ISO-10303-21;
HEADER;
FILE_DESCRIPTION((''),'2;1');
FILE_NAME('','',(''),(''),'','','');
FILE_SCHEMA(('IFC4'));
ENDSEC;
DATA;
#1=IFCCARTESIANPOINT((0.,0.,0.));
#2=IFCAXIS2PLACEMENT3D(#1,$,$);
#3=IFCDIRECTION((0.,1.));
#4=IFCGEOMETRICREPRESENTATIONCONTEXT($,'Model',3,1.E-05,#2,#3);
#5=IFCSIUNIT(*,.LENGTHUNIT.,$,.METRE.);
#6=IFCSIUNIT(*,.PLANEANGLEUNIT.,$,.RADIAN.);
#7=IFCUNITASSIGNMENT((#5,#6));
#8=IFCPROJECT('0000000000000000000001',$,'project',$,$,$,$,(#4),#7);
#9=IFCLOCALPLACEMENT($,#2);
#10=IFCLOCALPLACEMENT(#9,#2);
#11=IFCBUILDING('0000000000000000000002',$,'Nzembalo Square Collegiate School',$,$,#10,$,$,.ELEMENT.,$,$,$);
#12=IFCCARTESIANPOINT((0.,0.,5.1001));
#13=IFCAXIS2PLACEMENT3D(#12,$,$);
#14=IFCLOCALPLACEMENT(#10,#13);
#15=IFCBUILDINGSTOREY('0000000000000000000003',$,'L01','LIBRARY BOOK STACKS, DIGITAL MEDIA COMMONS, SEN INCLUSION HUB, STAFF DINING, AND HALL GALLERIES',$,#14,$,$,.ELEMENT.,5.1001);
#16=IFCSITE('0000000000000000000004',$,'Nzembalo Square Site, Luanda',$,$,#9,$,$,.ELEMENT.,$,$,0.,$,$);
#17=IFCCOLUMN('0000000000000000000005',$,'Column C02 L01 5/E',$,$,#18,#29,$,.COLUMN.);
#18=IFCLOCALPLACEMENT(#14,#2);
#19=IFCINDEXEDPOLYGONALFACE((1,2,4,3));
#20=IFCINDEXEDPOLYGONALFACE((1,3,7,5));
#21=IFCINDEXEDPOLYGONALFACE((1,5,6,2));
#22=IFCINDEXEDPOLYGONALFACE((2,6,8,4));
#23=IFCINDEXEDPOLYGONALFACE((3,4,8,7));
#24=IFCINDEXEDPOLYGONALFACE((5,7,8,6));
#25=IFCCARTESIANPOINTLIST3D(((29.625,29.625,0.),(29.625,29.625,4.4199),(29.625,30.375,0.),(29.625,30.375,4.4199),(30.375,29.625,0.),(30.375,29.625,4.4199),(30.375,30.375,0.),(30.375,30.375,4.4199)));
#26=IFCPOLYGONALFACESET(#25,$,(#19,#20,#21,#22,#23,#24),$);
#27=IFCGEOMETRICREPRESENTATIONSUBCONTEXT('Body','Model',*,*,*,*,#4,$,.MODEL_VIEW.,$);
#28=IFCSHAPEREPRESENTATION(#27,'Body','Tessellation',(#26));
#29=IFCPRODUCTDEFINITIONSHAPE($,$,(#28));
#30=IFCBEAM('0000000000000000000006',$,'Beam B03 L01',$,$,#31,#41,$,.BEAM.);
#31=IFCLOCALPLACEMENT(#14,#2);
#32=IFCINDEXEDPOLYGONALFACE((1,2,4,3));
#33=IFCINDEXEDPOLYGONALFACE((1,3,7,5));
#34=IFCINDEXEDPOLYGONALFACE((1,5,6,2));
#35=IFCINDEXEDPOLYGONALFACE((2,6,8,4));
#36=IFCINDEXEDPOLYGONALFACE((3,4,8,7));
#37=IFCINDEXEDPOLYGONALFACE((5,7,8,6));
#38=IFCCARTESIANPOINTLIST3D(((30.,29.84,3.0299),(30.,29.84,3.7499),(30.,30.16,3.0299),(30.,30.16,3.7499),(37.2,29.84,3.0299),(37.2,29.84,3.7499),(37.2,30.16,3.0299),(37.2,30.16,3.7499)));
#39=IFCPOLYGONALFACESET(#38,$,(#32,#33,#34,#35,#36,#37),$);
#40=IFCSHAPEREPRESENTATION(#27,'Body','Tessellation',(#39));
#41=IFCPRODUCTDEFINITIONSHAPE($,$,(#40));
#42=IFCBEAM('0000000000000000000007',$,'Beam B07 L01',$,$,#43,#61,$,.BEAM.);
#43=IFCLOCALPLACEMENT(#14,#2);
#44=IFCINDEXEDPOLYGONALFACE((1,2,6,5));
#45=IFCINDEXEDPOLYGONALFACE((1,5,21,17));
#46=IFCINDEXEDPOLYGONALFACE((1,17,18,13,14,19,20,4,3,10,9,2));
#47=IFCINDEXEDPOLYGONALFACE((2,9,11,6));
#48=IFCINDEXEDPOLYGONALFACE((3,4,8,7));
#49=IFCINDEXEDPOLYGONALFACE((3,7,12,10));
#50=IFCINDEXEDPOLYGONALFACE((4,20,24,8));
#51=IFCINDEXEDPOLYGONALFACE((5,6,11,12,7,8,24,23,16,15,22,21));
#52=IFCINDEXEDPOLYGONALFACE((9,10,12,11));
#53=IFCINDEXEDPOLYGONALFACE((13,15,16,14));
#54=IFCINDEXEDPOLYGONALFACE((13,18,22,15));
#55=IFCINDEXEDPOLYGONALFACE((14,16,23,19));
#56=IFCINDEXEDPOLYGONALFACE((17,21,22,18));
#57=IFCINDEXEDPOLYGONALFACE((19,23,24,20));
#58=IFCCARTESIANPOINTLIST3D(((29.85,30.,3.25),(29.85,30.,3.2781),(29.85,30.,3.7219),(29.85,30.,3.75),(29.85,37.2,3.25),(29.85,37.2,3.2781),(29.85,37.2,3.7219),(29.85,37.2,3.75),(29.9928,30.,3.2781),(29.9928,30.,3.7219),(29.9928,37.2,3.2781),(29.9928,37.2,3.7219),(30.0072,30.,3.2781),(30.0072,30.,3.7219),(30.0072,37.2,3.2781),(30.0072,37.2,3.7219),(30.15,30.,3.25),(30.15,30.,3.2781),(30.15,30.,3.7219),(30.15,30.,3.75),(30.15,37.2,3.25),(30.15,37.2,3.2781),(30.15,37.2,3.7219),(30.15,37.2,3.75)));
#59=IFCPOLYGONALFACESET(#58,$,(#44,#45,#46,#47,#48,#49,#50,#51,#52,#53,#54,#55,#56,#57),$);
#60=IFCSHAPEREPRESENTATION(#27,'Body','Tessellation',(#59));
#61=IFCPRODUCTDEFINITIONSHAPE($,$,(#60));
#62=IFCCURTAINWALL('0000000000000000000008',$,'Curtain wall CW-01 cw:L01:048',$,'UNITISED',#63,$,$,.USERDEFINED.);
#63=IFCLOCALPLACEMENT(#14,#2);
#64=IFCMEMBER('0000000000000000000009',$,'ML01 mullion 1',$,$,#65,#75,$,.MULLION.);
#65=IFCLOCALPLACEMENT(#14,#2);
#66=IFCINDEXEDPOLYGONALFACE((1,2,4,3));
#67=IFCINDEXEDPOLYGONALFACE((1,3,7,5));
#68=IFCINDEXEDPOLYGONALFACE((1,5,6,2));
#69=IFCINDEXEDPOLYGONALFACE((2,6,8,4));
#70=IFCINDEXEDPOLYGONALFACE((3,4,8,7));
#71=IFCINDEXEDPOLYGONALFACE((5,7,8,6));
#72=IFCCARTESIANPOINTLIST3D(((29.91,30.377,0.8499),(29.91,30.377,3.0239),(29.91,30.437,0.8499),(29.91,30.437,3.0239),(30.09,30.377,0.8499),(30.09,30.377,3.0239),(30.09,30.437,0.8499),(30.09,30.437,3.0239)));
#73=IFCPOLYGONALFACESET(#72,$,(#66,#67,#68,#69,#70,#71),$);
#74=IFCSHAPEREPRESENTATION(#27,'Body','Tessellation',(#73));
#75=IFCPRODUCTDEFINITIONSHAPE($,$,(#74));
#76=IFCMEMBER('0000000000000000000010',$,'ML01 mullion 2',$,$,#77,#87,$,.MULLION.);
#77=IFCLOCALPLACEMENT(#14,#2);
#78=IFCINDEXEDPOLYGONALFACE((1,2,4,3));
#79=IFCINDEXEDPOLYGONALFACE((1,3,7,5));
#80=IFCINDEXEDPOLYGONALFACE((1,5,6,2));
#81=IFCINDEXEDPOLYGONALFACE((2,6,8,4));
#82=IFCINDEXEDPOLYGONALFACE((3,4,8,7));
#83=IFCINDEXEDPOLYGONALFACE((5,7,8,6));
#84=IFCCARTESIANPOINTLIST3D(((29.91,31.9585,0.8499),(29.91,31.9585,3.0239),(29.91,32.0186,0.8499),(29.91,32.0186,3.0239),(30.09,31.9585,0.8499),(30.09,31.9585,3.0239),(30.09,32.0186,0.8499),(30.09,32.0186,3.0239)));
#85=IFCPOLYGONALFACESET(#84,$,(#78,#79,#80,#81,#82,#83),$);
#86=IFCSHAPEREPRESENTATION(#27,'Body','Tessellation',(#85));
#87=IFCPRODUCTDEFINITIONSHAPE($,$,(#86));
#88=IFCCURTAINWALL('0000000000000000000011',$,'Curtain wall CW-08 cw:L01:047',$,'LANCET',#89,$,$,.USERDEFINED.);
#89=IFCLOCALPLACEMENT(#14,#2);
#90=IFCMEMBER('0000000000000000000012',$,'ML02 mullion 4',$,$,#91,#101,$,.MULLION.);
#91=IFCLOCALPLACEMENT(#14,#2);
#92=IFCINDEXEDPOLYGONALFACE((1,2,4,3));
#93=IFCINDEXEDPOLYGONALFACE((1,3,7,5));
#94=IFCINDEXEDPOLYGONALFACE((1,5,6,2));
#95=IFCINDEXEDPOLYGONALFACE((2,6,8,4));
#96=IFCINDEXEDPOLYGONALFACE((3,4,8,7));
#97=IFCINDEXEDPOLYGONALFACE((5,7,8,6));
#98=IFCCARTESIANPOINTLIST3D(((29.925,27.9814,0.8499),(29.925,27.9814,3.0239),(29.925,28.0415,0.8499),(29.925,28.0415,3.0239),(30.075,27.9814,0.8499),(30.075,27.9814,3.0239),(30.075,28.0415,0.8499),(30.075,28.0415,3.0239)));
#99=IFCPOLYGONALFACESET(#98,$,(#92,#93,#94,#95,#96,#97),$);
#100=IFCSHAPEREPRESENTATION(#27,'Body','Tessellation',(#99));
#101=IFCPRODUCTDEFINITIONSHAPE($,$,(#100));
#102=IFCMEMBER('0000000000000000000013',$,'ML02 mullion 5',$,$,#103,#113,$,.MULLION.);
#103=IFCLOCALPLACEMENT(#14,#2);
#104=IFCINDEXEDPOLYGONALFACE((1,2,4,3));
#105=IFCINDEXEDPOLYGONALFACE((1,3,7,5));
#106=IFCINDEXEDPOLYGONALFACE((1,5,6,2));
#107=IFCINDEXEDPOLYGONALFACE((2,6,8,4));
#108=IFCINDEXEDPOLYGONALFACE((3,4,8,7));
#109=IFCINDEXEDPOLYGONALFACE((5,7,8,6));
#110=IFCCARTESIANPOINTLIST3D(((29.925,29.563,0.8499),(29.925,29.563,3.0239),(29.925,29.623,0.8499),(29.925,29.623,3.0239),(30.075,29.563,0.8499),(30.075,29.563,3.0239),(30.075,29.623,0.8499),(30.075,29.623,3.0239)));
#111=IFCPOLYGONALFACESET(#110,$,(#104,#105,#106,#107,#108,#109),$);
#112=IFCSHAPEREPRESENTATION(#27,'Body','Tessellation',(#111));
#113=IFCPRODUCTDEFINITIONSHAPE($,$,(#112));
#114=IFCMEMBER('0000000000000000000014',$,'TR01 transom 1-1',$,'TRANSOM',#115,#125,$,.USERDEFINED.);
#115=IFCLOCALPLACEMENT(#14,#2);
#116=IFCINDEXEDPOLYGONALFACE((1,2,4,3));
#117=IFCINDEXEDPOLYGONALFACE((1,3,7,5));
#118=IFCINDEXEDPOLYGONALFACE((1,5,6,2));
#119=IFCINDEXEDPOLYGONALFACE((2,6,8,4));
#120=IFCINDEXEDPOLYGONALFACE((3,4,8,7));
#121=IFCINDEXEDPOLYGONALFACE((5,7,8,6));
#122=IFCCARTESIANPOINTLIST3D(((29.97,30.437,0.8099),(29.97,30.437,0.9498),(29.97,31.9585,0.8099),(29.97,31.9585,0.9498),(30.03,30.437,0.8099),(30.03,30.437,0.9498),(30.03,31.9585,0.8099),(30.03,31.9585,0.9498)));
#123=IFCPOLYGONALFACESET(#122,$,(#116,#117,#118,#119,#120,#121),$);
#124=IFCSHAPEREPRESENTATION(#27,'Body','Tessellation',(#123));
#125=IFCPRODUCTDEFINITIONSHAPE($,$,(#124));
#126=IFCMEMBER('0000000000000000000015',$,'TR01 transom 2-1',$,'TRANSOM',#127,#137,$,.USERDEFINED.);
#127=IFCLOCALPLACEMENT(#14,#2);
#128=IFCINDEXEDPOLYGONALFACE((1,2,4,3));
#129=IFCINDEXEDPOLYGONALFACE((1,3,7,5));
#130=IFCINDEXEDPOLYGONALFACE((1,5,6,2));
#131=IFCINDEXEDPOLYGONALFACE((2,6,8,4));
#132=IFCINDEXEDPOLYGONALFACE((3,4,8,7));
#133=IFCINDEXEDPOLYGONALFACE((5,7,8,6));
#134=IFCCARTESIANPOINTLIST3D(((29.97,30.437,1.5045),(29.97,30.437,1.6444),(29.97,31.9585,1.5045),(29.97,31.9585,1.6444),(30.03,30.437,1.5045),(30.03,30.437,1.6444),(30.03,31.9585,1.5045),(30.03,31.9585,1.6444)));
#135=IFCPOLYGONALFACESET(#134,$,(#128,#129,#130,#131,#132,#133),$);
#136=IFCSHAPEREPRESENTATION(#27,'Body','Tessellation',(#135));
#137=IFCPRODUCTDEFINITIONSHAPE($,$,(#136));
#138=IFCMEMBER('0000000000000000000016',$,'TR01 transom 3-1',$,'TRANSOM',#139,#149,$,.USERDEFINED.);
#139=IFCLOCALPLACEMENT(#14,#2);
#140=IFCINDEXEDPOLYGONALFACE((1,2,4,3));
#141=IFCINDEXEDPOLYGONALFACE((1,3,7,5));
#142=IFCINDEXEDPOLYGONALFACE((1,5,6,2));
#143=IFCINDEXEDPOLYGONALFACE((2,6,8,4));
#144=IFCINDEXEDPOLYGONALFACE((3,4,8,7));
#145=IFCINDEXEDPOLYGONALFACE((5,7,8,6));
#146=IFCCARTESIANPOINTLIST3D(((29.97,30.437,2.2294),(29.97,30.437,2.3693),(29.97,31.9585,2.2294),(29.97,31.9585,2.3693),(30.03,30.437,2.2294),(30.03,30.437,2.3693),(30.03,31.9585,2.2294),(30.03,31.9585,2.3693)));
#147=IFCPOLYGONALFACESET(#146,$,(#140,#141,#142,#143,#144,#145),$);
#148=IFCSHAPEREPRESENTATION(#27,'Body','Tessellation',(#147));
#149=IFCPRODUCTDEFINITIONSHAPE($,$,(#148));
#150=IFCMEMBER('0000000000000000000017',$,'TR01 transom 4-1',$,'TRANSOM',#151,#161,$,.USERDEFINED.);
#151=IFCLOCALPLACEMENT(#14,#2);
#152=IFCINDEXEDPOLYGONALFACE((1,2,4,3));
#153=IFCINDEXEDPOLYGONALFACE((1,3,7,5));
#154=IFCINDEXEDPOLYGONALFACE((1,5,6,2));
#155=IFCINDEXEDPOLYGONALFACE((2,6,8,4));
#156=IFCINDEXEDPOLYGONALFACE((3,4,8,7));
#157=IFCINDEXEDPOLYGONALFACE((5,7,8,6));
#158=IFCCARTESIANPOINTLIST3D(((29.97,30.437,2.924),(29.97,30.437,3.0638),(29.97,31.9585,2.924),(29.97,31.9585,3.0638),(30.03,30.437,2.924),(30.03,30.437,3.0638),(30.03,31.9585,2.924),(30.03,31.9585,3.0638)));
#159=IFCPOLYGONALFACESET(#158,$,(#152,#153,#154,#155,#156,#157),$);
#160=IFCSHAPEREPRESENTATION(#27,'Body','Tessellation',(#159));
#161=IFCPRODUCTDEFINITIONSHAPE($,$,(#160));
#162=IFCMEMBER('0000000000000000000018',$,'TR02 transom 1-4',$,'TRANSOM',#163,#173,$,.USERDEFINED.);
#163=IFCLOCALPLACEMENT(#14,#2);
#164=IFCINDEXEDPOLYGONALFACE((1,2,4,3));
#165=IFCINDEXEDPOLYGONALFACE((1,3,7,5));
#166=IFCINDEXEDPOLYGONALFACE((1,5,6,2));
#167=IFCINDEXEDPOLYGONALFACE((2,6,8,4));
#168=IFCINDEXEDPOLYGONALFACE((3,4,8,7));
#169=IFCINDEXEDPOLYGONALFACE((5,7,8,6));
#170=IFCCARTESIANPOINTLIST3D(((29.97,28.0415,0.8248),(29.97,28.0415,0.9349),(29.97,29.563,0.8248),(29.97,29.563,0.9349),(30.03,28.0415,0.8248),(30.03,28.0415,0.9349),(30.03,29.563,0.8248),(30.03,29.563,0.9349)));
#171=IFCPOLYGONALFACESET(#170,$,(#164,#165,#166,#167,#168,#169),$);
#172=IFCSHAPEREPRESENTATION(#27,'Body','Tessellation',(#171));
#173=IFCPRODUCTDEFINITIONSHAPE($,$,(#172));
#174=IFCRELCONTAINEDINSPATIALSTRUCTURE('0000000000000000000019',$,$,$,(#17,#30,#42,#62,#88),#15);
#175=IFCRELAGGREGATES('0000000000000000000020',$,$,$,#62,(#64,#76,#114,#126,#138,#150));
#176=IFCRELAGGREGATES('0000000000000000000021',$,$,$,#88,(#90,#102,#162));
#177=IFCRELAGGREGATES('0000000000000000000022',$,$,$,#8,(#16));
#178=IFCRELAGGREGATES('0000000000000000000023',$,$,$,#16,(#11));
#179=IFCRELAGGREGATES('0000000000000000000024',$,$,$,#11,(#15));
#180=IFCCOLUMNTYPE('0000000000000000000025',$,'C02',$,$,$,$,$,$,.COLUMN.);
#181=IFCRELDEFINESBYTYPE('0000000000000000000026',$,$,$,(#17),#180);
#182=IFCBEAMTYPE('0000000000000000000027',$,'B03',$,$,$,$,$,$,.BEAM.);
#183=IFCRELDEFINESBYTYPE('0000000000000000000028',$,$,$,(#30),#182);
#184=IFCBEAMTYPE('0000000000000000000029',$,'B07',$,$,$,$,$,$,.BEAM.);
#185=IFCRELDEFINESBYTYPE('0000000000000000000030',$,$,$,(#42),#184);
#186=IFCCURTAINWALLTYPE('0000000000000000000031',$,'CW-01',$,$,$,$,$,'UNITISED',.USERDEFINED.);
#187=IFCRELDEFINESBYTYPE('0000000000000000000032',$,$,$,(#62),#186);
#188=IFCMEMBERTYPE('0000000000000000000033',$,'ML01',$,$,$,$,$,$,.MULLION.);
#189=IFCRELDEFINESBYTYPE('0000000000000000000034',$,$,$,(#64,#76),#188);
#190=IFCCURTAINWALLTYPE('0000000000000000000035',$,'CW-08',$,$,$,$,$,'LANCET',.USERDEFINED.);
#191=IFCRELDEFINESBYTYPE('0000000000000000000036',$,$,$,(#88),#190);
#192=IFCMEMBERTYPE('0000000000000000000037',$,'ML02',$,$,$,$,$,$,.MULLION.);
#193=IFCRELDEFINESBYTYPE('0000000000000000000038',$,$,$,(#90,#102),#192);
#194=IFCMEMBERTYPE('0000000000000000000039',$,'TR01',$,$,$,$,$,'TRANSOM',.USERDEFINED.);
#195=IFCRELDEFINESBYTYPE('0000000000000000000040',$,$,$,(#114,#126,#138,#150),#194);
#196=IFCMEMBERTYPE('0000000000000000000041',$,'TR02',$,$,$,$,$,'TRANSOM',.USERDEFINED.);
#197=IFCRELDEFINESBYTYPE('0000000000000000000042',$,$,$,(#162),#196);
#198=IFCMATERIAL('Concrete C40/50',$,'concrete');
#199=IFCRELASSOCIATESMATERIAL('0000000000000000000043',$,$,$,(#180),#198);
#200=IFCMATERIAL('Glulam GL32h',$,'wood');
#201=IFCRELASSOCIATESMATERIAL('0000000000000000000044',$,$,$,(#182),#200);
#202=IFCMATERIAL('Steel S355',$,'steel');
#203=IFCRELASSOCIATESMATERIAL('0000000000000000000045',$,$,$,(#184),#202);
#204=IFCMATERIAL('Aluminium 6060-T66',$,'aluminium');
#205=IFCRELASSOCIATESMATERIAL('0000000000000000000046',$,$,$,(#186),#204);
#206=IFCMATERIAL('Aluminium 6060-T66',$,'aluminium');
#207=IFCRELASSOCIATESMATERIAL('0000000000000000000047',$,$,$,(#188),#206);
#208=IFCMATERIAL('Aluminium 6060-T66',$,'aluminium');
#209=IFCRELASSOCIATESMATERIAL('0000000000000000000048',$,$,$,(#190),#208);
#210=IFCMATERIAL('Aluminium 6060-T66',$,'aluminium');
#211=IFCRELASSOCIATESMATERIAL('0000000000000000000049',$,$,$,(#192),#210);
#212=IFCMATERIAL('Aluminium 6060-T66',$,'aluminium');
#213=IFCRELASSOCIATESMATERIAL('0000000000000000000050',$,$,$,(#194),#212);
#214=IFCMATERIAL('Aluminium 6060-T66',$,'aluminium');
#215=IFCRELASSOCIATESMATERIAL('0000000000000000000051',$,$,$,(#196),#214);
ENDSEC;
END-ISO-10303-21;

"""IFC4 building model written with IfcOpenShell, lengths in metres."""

from ifc_helpers import new_model, si_unit, direction, frame, origin, origin_2d, place, context, subcontext, project, spatial, rectangle, i_section, extrude, material, material_profile, profile_set, type_object, element, aggregate, save


model = new_model("IFC4")

# Units and contexts
model_context = context("Model", 3, precision=1e-05, world=origin(), true_north=direction((0.0, 1.0)))
body_context = subcontext(model_context, "Body", "Model", "MODEL_VIEW")
ifc_project = project(units=[si_unit("LENGTHUNIT", "METRE"), si_unit("PLANEANGLEUNIT", "RADIAN")], contexts=[model_context])

# Site, building, storey
site_placement = place(None, origin())
site = spatial("IfcSite", under=ifc_project, at=site_placement, Name="Nzembalo Square Site, Luanda", CompositionType="ELEMENT", RefElevation=0.0)
building_placement = place(site_placement, origin())
building = spatial("IfcBuilding", under=site, at=building_placement, Name="Nzembalo Square Collegiate School", CompositionType="ELEMENT")
storey_placement = place(building_placement, frame((0.0, 0.0, 5.1001)))
storey = spatial("IfcBuildingStorey", under=building, at=storey_placement, Name="L01", Description="LIBRARY BOOK STACKS, DIGITAL MEDIA COMMONS, SEN INCLUSION HUB, STAFF DINING, AND HALL GALLERIES", CompositionType="ELEMENT", Elevation=5.1001)

# Column
ifc_material_1 = material(Name="Concrete C40/50", Category="concrete")
ifc_material_profile_1 = material_profile(ifc_material_1, rectangle(XDim=0.75, YDim=0.75, at=origin_2d()), Name="RC 750x750")
ifc_profile_set_1 = profile_set([ifc_material_profile_1], Name="Concrete C40/50")
column_type = type_object("IfcColumnType", Name="C02", PredefinedType="COLUMN", material=ifc_profile_set_1)
column_placement = place(storey_placement, frame((30.0, 30.0, 0.0), z_axis=(0.0, 0.0, 1.0), x_axis=(1.0, 0.0, 0.0)))
element("IfcColumn", 1, at=column_placement, inside=storey, type_object=column_type, Name="Column C02 L01 5/E", PredefinedType="COLUMN", context=body_context, shape_type="SweptSolid", body=[
    extrude(rectangle(XDim=0.75, YDim=0.75, at=origin_2d()), origin(), (0.0, 0.0, 1.0), 4.4199),
])

# Beams
ifc_material_2 = material(Name="Glulam GL32h", Category="wood")
ifc_material_profile_2 = material_profile(ifc_material_2, rectangle(XDim=0.3201, YDim=0.72, at=origin_2d()), Name="GL32h 320x720")
ifc_profile_set_2 = profile_set([ifc_material_profile_2], Name="Glulam GL32h")
beam_type_1 = type_object("IfcBeamType", Name="B03", PredefinedType="BEAM", material=ifc_profile_set_2)
beam_1_placement = place(storey_placement, frame((30.0, 30.0, 3.3899), z_axis=(1.0, 0.0, 0.0), x_axis=(0.0, 1.0, 0.0)))
element("IfcBeam", 2, at=beam_1_placement, inside=storey, type_object=beam_type_1, Name="Beam B03 L01", PredefinedType="BEAM", context=body_context, shape_type="SweptSolid", body=[
    extrude(rectangle(XDim=0.3201, YDim=0.72, at=origin_2d()), origin(), (0.0, 0.0, 1.0), 7.2),
])
ifc_material_3 = material(Name="Steel S355", Category="steel")
ifc_material_profile_3 = material_profile(ifc_material_3, i_section(OverallWidth=0.3, OverallDepth=0.5, WebThickness=0.0144, FlangeThickness=0.0281, at=origin_2d()), Name="HEB 500")
ifc_profile_set_3 = profile_set([ifc_material_profile_3], Name="Steel S355")
beam_type_2 = type_object("IfcBeamType", Name="B07", PredefinedType="BEAM", material=ifc_profile_set_3)
beam_2_placement = place(storey_placement, frame((30.0, 30.0, 3.5), z_axis=(0.0, 1.0, 0.0), x_axis=(-1.0, 0.0, 0.0)))
element("IfcBeam", 3, at=beam_2_placement, inside=storey, type_object=beam_type_2, Name="Beam B07 L01", PredefinedType="BEAM", context=body_context, shape_type="SweptSolid", body=[
    extrude(i_section(OverallWidth=0.3, OverallDepth=0.5, WebThickness=0.0144, FlangeThickness=0.0281, at=origin_2d()), origin(), (0.0, 0.0, 1.0), 7.2),
])

# Curtain walls, members
ifc_material_4 = material(Name="Aluminium 6060-T66", Category="aluminium")
curtain_wall_type_1 = type_object("IfcCurtainWallType", Name="CW-01", ElementType="UNITISED", PredefinedType="USERDEFINED", material=ifc_material_4)
curtain_wall_1_placement = place(storey_placement, origin())
curtain_wall_1 = element("IfcCurtainWall", 4, at=curtain_wall_1_placement, inside=storey, type_object=curtain_wall_type_1, Name="Curtain wall CW-01 cw:L01:048", ObjectType="UNITISED", PredefinedType="USERDEFINED")
ifc_material_5 = material(Name="Aluminium 6060-T66", Category="aluminium")
ifc_material_profile_4 = material_profile(ifc_material_5, rectangle(XDim=0.0601, YDim=0.1799, at=origin_2d()), Name="ALU M60x180")
ifc_profile_set_4 = profile_set([ifc_material_profile_4], Name="Aluminium 6060-T66")
member_type_1 = type_object("IfcMemberType", Name="ML01", PredefinedType="MULLION", material=ifc_profile_set_4)
member_1_placement = place(storey_placement, frame((30.0, 30.407, 0.8499), z_axis=(0.0, 0.0, 1.0), x_axis=(0.0, 1.0, 0.0)))
member_1 = element("IfcMember", 5, at=member_1_placement, type_object=member_type_1, Name="ML01 mullion 1", PredefinedType="MULLION", context=body_context, shape_type="SweptSolid", body=[
    extrude(rectangle(XDim=0.0601, YDim=0.1799, at=origin_2d()), origin(), (0.0, 0.0, 1.0), 2.1741),
])
member_2_placement = place(storey_placement, frame((30.0, 31.9885, 0.8499), z_axis=(0.0, 0.0, 1.0), x_axis=(0.0, 1.0, 0.0)))
member_2 = element("IfcMember", 6, at=member_2_placement, type_object=member_type_1, Name="ML01 mullion 2", PredefinedType="MULLION", context=body_context, shape_type="SweptSolid", body=[
    extrude(rectangle(XDim=0.0601, YDim=0.1799, at=origin_2d()), origin(), (0.0, 0.0, 1.0), 2.1741),
])
ifc_material_6 = material(Name="Aluminium 6060-T66", Category="aluminium")
curtain_wall_type_2 = type_object("IfcCurtainWallType", Name="CW-08", ElementType="LANCET", PredefinedType="USERDEFINED", material=ifc_material_6)
curtain_wall_2_placement = place(storey_placement, origin())
curtain_wall_2 = element("IfcCurtainWall", 7, at=curtain_wall_2_placement, inside=storey, type_object=curtain_wall_type_2, Name="Curtain wall CW-08 cw:L01:047", ObjectType="LANCET", PredefinedType="USERDEFINED")
ifc_material_7 = material(Name="Aluminium 6060-T66", Category="aluminium")
ifc_material_profile_5 = material_profile(ifc_material_7, rectangle(XDim=0.0601, YDim=0.1499, at=origin_2d()), Name="ALU M60x150")
ifc_profile_set_5 = profile_set([ifc_material_profile_5], Name="Aluminium 6060-T66")
member_type_2 = type_object("IfcMemberType", Name="ML02", PredefinedType="MULLION", material=ifc_profile_set_5)
member_3_placement = place(storey_placement, frame((30.0, 28.0115, 0.8499), z_axis=(0.0, 0.0, 1.0), x_axis=(0.0, 1.0, 0.0)))
member_3 = element("IfcMember", 8, at=member_3_placement, type_object=member_type_2, Name="ML02 mullion 4", PredefinedType="MULLION", context=body_context, shape_type="SweptSolid", body=[
    extrude(rectangle(XDim=0.0601, YDim=0.1499, at=origin_2d()), origin(), (0.0, 0.0, 1.0), 2.1741),
])
member_4_placement = place(storey_placement, frame((30.0, 29.593, 0.8499), z_axis=(0.0, 0.0, 1.0), x_axis=(0.0, 1.0, 0.0)))
member_4 = element("IfcMember", 9, at=member_4_placement, type_object=member_type_2, Name="ML02 mullion 5", PredefinedType="MULLION", context=body_context, shape_type="SweptSolid", body=[
    extrude(rectangle(XDim=0.0601, YDim=0.1499, at=origin_2d()), origin(), (0.0, 0.0, 1.0), 2.1741),
])

# Members
ifc_material_8 = material(Name="Aluminium 6060-T66", Category="aluminium")
ifc_material_profile_6 = material_profile(ifc_material_8, rectangle(XDim=0.0601, YDim=0.1399, at=origin_2d()), Name="ALU T60x140")
ifc_profile_set_6 = profile_set([ifc_material_profile_6], Name="Aluminium 6060-T66")
member_type_3 = type_object("IfcMemberType", Name="TR01", ElementType="TRANSOM", PredefinedType="USERDEFINED", material=ifc_profile_set_6)
member_5_placement = place(storey_placement, frame((30.0, 30.437, 0.8799), z_axis=(0.0, 1.0, 0.0), x_axis=(-1.0, 0.0, 0.0)))
member_5 = element("IfcMember", 10, at=member_5_placement, type_object=member_type_3, Name="TR01 transom 1-1", ObjectType="TRANSOM", PredefinedType="USERDEFINED", context=body_context, shape_type="SweptSolid", body=[
    extrude(rectangle(XDim=0.0601, YDim=0.1399, at=origin_2d()), origin(), (0.0, 0.0, 1.0), 1.5215),
])
member_6_placement = place(storey_placement, frame((30.0, 30.437, 1.5745), z_axis=(0.0, 1.0, 0.0), x_axis=(-1.0, 0.0, 0.0)))
member_6 = element("IfcMember", 11, at=member_6_placement, type_object=member_type_3, Name="TR01 transom 2-1", ObjectType="TRANSOM", PredefinedType="USERDEFINED", context=body_context, shape_type="SweptSolid", body=[
    extrude(rectangle(XDim=0.0601, YDim=0.1399, at=origin_2d()), origin(), (0.0, 0.0, 1.0), 1.5215),
])
member_7_placement = place(storey_placement, frame((30.0, 30.437, 2.2993), z_axis=(0.0, 1.0, 0.0), x_axis=(-1.0, 0.0, 0.0)))
member_7 = element("IfcMember", 12, at=member_7_placement, type_object=member_type_3, Name="TR01 transom 3-1", ObjectType="TRANSOM", PredefinedType="USERDEFINED", context=body_context, shape_type="SweptSolid", body=[
    extrude(rectangle(XDim=0.0601, YDim=0.1399, at=origin_2d()), origin(), (0.0, 0.0, 1.0), 1.5215),
])
member_8_placement = place(storey_placement, frame((30.0, 30.437, 2.9939), z_axis=(0.0, 1.0, 0.0), x_axis=(-1.0, 0.0, 0.0)))
member_8 = element("IfcMember", 13, at=member_8_placement, type_object=member_type_3, Name="TR01 transom 4-1", ObjectType="TRANSOM", PredefinedType="USERDEFINED", context=body_context, shape_type="SweptSolid", body=[
    extrude(rectangle(XDim=0.0601, YDim=0.1399, at=origin_2d()), origin(), (0.0, 0.0, 1.0), 1.5215),
])
ifc_material_9 = material(Name="Aluminium 6060-T66", Category="aluminium")
ifc_material_profile_7 = material_profile(ifc_material_9, rectangle(XDim=0.0601, YDim=0.1101, at=origin_2d()), Name="ALU T60x110")
ifc_profile_set_7 = profile_set([ifc_material_profile_7], Name="Aluminium 6060-T66")
member_type_4 = type_object("IfcMemberType", Name="TR02", ElementType="TRANSOM", PredefinedType="USERDEFINED", material=ifc_profile_set_7)
member_9_placement = place(storey_placement, frame((30.0, 28.0415, 0.8799), z_axis=(0.0, 1.0, 0.0), x_axis=(-1.0, 0.0, 0.0)))
member_9 = element("IfcMember", 14, at=member_9_placement, type_object=member_type_4, Name="TR02 transom 1-4", ObjectType="TRANSOM", PredefinedType="USERDEFINED", context=body_context, shape_type="SweptSolid", body=[
    extrude(rectangle(XDim=0.0601, YDim=0.1101, at=origin_2d()), origin(), (0.0, 0.0, 1.0), 1.5215),
])

aggregate(curtain_wall_1, [member_1, member_2, member_5, member_6, member_7, member_8])
aggregate(curtain_wall_2, [member_3, member_4, member_9])

save(model, "model.ifc")
